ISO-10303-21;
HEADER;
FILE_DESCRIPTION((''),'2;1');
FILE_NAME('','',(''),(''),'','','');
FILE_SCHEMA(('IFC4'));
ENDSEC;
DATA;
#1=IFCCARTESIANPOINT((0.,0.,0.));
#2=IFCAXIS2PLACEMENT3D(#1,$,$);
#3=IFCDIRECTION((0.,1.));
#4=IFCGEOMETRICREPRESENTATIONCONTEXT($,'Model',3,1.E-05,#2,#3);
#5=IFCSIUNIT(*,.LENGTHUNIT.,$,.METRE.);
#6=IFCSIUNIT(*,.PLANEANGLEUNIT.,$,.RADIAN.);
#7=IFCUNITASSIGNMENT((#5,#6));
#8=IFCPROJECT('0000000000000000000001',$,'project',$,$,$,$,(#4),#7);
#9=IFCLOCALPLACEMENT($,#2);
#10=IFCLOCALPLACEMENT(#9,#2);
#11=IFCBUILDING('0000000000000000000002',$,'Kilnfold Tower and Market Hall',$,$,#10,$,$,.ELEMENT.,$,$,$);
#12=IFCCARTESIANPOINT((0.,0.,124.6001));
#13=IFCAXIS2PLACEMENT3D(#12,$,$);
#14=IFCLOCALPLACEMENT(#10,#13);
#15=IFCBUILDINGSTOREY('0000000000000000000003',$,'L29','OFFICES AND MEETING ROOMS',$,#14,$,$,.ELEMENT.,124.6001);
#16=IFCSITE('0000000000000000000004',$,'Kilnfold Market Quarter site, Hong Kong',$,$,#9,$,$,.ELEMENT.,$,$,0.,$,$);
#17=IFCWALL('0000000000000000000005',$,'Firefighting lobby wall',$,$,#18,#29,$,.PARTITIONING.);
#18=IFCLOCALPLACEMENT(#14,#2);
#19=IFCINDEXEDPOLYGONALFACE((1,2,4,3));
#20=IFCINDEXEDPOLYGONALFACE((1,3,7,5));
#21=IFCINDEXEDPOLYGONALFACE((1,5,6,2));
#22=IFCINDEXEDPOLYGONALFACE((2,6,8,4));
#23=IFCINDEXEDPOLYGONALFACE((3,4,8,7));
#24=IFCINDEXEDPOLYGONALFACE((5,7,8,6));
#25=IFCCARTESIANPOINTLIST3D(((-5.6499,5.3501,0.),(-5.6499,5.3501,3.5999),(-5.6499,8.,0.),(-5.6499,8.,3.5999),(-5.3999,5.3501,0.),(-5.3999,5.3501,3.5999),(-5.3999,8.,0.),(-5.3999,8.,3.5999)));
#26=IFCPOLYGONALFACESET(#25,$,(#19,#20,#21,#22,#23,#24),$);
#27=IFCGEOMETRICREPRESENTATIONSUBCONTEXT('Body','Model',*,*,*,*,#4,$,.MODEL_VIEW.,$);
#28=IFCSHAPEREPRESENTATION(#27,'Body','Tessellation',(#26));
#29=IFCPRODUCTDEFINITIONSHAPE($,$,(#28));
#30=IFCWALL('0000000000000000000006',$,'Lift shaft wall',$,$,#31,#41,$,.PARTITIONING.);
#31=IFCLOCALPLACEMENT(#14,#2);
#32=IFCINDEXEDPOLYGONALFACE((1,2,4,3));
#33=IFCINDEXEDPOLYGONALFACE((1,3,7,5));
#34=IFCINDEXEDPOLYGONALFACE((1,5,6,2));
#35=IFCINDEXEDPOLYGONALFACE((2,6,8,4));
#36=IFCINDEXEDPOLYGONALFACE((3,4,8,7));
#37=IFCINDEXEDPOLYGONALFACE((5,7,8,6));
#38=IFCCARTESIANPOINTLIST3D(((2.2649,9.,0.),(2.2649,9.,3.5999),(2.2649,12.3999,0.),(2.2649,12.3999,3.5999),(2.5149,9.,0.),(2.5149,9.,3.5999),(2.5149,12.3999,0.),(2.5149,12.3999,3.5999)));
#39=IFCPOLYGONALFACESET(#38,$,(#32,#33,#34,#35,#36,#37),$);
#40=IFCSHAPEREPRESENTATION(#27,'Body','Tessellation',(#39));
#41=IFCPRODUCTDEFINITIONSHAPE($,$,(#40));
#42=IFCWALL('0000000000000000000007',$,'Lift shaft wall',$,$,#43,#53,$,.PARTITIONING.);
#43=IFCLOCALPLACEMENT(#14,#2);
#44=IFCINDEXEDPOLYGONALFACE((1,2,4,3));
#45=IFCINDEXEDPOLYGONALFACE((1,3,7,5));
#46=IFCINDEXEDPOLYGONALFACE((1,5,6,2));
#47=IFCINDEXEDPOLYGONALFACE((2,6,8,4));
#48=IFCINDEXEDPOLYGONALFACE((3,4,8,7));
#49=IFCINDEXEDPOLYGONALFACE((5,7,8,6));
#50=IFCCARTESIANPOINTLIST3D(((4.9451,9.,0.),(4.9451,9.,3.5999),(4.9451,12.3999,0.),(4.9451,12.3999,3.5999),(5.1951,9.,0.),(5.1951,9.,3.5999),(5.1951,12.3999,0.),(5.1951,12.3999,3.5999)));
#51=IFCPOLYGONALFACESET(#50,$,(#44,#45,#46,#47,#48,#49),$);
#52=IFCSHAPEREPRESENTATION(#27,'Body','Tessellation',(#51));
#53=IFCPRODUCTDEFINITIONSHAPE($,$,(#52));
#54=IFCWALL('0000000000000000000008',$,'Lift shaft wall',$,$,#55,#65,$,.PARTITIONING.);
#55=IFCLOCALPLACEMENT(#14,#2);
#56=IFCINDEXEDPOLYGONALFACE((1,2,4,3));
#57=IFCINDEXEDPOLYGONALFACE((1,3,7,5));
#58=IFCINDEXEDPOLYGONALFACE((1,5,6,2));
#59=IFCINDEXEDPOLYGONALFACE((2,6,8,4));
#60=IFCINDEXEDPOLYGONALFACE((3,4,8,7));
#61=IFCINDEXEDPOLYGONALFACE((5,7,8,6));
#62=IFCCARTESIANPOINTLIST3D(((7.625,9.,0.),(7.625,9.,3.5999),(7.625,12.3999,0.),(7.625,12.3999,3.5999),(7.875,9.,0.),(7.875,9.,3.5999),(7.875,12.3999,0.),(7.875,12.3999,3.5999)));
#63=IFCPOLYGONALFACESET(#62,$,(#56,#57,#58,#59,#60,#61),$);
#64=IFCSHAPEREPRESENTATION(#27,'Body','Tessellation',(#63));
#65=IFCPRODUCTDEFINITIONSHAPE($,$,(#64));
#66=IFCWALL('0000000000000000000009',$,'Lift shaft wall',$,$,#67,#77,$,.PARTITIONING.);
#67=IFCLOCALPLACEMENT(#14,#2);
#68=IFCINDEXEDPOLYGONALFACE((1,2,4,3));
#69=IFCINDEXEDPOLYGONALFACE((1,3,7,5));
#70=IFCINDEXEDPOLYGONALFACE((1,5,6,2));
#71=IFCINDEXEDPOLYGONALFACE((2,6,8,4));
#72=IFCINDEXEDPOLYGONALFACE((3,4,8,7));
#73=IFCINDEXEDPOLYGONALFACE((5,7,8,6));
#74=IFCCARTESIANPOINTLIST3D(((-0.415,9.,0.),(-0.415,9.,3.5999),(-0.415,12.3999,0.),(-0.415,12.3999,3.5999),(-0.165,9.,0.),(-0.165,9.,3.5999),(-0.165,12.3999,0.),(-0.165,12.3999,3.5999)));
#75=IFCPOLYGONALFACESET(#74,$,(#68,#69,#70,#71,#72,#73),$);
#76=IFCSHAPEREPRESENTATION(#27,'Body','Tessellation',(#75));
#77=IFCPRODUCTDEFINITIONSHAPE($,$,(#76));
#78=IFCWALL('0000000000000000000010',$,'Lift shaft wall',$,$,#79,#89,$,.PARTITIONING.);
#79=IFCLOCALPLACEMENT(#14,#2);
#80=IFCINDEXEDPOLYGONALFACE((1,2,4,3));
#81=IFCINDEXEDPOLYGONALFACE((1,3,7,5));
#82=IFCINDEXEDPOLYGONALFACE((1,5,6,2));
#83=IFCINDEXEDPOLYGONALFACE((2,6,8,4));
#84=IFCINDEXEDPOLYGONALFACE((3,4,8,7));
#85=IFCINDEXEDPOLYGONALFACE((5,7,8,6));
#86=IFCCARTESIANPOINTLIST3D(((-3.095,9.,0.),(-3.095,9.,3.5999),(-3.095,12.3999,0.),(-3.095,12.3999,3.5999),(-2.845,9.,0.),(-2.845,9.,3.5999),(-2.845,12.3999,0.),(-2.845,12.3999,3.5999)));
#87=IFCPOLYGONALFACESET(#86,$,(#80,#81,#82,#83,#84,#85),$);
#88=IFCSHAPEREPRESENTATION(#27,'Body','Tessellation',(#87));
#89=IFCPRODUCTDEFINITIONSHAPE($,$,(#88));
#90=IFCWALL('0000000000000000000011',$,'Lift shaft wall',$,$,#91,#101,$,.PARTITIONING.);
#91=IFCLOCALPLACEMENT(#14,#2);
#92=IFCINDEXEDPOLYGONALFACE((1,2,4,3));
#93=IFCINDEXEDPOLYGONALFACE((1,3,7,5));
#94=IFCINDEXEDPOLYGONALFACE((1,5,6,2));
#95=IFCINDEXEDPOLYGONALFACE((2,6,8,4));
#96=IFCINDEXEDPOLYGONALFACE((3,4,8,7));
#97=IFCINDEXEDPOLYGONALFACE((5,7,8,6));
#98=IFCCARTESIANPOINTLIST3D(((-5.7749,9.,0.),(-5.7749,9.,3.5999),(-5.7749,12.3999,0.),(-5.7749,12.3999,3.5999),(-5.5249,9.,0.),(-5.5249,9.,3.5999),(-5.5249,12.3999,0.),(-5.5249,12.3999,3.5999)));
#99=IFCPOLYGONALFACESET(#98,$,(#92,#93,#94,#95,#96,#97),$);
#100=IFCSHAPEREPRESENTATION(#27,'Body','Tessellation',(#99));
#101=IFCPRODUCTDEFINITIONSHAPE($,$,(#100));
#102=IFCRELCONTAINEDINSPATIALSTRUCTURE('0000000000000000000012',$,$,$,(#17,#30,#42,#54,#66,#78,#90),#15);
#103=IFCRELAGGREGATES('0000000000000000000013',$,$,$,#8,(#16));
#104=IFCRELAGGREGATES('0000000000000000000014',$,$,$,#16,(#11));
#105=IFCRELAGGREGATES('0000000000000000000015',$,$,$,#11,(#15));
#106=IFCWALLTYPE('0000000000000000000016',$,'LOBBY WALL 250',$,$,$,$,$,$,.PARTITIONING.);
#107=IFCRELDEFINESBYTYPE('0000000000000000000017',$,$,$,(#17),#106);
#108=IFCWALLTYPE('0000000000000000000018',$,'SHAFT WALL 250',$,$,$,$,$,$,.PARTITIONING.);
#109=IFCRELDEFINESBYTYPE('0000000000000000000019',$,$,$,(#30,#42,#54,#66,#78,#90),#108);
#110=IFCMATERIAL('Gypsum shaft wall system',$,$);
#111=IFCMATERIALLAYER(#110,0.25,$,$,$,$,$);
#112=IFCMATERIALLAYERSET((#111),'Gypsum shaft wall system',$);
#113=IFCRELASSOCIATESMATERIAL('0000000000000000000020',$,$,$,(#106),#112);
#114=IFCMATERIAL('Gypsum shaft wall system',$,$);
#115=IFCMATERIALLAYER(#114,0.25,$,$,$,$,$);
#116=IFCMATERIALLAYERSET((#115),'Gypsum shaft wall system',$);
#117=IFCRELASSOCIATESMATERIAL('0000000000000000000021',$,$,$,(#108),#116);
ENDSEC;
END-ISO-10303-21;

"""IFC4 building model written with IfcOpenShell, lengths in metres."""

from ifc_helpers import new_model, si_unit, direction, frame, frame_2d, origin, place, context, subcontext, project, spatial, rectangle, extrude, source, transform, mapped, material, layer, layer_set, type_object, element, save


model = new_model("IFC4")

# Units and contexts
model_context = context("Model", 3, precision=1e-05, world=origin(), true_north=direction((0.0, 1.0)))
body_context = subcontext(model_context, "Body", "Model", "MODEL_VIEW")
ifc_project = project(units=[si_unit("LENGTHUNIT", "METRE"), si_unit("PLANEANGLEUNIT", "RADIAN")], contexts=[model_context])

# Site, building, storey
site_placement = place(None, origin())
site = spatial("IfcSite", under=ifc_project, at=site_placement, Name="Kilnfold Market Quarter site, Hong Kong", CompositionType="ELEMENT", RefElevation=0.0)
building_placement = place(site_placement, origin())
building = spatial("IfcBuilding", under=site, at=building_placement, Name="Kilnfold Tower and Market Hall", CompositionType="ELEMENT")
storey_placement = place(building_placement, frame((0.0, 0.0, 124.6001)))
storey = spatial("IfcBuildingStorey", under=building, at=storey_placement, Name="L29", Description="OFFICES AND MEETING ROOMS", CompositionType="ELEMENT", Elevation=124.6001)

# Walls
ifc_material_1 = material(Name="Gypsum shaft wall system")
ifc_layer_1 = layer(ifc_material_1, 0.25)
ifc_layer_set_1 = layer_set([ifc_layer_1], Name="Gypsum shaft wall system")
wall_type_1 = type_object("IfcWallType", Name="LOBBY WALL 250", PredefinedType="PARTITIONING", material=ifc_layer_set_1)
shared_shape_1 = source(origin(), body_context, "Body", "SweptSolid", [
    extrude(rectangle(XDim=2.6499, YDim=0.25, at=frame_2d((1.325, 0.0))), origin(), (0.0, 0.0, 1.0), 3.5999),
])
wall_1_placement = place(storey_placement, frame((-5.5249, 5.3501, 0.0), z_axis=(0.0, 0.0, 1.0), x_axis=(0.0, 1.0, 0.0)))
element("IfcWall", 1, at=wall_1_placement, inside=storey, type_object=wall_type_1, Name="Firefighting lobby wall", PredefinedType="PARTITIONING", context=body_context, shape_type="MappedRepresentation", body=[
    mapped(shared_shape_1, transform((0.0, 0.0, 0.0))),
])
ifc_material_2 = material(Name="Gypsum shaft wall system")
ifc_layer_2 = layer(ifc_material_2, 0.25)
ifc_layer_set_2 = layer_set([ifc_layer_2], Name="Gypsum shaft wall system")
wall_type_2 = type_object("IfcWallType", Name="SHAFT WALL 250", PredefinedType="PARTITIONING", material=ifc_layer_set_2)
shared_shape_2 = source(origin(), body_context, "Body", "SweptSolid", [
    extrude(rectangle(XDim=3.3999, YDim=0.25, at=frame_2d((1.7, 0.0))), origin(), (0.0, 0.0, 1.0), 3.5999),
])
for number, where, z_axis, x_axis, name in (
    (2, (2.3899, 9.0, 0.0), (0.0, 0.0, 1.0), (0.0, 1.0, 0.0), "Lift shaft wall"),
    (3, (5.0701, 9.0, 0.0), (0.0, 0.0, 1.0), (0.0, 1.0, 0.0), "Lift shaft wall"),
    (4, (7.75, 9.0, 0.0), (0.0, 0.0, 1.0), (0.0, 1.0, 0.0), "Lift shaft wall"),
    (5, (-0.29, 9.0, 0.0), (0.0, 0.0, 1.0), (0.0, 1.0, 0.0), "Lift shaft wall"),
    (6, (-2.97, 9.0, 0.0), (0.0, 0.0, 1.0), (0.0, 1.0, 0.0), "Lift shaft wall"),
    (7, (-5.6499, 9.0, 0.0), (0.0, 0.0, 1.0), (0.0, 1.0, 0.0), "Lift shaft wall"),
):
    element("IfcWall", number, at=place(storey_placement, frame(where, z_axis=z_axis, x_axis=x_axis)), inside=storey, type_object=wall_type_2, Name=name, PredefinedType="PARTITIONING", context=body_context, shape_type="MappedRepresentation", body=[
        mapped(shared_shape_2, transform((0.0, 0.0, 0.0))),
    ])

save(model, "model.ifc")
